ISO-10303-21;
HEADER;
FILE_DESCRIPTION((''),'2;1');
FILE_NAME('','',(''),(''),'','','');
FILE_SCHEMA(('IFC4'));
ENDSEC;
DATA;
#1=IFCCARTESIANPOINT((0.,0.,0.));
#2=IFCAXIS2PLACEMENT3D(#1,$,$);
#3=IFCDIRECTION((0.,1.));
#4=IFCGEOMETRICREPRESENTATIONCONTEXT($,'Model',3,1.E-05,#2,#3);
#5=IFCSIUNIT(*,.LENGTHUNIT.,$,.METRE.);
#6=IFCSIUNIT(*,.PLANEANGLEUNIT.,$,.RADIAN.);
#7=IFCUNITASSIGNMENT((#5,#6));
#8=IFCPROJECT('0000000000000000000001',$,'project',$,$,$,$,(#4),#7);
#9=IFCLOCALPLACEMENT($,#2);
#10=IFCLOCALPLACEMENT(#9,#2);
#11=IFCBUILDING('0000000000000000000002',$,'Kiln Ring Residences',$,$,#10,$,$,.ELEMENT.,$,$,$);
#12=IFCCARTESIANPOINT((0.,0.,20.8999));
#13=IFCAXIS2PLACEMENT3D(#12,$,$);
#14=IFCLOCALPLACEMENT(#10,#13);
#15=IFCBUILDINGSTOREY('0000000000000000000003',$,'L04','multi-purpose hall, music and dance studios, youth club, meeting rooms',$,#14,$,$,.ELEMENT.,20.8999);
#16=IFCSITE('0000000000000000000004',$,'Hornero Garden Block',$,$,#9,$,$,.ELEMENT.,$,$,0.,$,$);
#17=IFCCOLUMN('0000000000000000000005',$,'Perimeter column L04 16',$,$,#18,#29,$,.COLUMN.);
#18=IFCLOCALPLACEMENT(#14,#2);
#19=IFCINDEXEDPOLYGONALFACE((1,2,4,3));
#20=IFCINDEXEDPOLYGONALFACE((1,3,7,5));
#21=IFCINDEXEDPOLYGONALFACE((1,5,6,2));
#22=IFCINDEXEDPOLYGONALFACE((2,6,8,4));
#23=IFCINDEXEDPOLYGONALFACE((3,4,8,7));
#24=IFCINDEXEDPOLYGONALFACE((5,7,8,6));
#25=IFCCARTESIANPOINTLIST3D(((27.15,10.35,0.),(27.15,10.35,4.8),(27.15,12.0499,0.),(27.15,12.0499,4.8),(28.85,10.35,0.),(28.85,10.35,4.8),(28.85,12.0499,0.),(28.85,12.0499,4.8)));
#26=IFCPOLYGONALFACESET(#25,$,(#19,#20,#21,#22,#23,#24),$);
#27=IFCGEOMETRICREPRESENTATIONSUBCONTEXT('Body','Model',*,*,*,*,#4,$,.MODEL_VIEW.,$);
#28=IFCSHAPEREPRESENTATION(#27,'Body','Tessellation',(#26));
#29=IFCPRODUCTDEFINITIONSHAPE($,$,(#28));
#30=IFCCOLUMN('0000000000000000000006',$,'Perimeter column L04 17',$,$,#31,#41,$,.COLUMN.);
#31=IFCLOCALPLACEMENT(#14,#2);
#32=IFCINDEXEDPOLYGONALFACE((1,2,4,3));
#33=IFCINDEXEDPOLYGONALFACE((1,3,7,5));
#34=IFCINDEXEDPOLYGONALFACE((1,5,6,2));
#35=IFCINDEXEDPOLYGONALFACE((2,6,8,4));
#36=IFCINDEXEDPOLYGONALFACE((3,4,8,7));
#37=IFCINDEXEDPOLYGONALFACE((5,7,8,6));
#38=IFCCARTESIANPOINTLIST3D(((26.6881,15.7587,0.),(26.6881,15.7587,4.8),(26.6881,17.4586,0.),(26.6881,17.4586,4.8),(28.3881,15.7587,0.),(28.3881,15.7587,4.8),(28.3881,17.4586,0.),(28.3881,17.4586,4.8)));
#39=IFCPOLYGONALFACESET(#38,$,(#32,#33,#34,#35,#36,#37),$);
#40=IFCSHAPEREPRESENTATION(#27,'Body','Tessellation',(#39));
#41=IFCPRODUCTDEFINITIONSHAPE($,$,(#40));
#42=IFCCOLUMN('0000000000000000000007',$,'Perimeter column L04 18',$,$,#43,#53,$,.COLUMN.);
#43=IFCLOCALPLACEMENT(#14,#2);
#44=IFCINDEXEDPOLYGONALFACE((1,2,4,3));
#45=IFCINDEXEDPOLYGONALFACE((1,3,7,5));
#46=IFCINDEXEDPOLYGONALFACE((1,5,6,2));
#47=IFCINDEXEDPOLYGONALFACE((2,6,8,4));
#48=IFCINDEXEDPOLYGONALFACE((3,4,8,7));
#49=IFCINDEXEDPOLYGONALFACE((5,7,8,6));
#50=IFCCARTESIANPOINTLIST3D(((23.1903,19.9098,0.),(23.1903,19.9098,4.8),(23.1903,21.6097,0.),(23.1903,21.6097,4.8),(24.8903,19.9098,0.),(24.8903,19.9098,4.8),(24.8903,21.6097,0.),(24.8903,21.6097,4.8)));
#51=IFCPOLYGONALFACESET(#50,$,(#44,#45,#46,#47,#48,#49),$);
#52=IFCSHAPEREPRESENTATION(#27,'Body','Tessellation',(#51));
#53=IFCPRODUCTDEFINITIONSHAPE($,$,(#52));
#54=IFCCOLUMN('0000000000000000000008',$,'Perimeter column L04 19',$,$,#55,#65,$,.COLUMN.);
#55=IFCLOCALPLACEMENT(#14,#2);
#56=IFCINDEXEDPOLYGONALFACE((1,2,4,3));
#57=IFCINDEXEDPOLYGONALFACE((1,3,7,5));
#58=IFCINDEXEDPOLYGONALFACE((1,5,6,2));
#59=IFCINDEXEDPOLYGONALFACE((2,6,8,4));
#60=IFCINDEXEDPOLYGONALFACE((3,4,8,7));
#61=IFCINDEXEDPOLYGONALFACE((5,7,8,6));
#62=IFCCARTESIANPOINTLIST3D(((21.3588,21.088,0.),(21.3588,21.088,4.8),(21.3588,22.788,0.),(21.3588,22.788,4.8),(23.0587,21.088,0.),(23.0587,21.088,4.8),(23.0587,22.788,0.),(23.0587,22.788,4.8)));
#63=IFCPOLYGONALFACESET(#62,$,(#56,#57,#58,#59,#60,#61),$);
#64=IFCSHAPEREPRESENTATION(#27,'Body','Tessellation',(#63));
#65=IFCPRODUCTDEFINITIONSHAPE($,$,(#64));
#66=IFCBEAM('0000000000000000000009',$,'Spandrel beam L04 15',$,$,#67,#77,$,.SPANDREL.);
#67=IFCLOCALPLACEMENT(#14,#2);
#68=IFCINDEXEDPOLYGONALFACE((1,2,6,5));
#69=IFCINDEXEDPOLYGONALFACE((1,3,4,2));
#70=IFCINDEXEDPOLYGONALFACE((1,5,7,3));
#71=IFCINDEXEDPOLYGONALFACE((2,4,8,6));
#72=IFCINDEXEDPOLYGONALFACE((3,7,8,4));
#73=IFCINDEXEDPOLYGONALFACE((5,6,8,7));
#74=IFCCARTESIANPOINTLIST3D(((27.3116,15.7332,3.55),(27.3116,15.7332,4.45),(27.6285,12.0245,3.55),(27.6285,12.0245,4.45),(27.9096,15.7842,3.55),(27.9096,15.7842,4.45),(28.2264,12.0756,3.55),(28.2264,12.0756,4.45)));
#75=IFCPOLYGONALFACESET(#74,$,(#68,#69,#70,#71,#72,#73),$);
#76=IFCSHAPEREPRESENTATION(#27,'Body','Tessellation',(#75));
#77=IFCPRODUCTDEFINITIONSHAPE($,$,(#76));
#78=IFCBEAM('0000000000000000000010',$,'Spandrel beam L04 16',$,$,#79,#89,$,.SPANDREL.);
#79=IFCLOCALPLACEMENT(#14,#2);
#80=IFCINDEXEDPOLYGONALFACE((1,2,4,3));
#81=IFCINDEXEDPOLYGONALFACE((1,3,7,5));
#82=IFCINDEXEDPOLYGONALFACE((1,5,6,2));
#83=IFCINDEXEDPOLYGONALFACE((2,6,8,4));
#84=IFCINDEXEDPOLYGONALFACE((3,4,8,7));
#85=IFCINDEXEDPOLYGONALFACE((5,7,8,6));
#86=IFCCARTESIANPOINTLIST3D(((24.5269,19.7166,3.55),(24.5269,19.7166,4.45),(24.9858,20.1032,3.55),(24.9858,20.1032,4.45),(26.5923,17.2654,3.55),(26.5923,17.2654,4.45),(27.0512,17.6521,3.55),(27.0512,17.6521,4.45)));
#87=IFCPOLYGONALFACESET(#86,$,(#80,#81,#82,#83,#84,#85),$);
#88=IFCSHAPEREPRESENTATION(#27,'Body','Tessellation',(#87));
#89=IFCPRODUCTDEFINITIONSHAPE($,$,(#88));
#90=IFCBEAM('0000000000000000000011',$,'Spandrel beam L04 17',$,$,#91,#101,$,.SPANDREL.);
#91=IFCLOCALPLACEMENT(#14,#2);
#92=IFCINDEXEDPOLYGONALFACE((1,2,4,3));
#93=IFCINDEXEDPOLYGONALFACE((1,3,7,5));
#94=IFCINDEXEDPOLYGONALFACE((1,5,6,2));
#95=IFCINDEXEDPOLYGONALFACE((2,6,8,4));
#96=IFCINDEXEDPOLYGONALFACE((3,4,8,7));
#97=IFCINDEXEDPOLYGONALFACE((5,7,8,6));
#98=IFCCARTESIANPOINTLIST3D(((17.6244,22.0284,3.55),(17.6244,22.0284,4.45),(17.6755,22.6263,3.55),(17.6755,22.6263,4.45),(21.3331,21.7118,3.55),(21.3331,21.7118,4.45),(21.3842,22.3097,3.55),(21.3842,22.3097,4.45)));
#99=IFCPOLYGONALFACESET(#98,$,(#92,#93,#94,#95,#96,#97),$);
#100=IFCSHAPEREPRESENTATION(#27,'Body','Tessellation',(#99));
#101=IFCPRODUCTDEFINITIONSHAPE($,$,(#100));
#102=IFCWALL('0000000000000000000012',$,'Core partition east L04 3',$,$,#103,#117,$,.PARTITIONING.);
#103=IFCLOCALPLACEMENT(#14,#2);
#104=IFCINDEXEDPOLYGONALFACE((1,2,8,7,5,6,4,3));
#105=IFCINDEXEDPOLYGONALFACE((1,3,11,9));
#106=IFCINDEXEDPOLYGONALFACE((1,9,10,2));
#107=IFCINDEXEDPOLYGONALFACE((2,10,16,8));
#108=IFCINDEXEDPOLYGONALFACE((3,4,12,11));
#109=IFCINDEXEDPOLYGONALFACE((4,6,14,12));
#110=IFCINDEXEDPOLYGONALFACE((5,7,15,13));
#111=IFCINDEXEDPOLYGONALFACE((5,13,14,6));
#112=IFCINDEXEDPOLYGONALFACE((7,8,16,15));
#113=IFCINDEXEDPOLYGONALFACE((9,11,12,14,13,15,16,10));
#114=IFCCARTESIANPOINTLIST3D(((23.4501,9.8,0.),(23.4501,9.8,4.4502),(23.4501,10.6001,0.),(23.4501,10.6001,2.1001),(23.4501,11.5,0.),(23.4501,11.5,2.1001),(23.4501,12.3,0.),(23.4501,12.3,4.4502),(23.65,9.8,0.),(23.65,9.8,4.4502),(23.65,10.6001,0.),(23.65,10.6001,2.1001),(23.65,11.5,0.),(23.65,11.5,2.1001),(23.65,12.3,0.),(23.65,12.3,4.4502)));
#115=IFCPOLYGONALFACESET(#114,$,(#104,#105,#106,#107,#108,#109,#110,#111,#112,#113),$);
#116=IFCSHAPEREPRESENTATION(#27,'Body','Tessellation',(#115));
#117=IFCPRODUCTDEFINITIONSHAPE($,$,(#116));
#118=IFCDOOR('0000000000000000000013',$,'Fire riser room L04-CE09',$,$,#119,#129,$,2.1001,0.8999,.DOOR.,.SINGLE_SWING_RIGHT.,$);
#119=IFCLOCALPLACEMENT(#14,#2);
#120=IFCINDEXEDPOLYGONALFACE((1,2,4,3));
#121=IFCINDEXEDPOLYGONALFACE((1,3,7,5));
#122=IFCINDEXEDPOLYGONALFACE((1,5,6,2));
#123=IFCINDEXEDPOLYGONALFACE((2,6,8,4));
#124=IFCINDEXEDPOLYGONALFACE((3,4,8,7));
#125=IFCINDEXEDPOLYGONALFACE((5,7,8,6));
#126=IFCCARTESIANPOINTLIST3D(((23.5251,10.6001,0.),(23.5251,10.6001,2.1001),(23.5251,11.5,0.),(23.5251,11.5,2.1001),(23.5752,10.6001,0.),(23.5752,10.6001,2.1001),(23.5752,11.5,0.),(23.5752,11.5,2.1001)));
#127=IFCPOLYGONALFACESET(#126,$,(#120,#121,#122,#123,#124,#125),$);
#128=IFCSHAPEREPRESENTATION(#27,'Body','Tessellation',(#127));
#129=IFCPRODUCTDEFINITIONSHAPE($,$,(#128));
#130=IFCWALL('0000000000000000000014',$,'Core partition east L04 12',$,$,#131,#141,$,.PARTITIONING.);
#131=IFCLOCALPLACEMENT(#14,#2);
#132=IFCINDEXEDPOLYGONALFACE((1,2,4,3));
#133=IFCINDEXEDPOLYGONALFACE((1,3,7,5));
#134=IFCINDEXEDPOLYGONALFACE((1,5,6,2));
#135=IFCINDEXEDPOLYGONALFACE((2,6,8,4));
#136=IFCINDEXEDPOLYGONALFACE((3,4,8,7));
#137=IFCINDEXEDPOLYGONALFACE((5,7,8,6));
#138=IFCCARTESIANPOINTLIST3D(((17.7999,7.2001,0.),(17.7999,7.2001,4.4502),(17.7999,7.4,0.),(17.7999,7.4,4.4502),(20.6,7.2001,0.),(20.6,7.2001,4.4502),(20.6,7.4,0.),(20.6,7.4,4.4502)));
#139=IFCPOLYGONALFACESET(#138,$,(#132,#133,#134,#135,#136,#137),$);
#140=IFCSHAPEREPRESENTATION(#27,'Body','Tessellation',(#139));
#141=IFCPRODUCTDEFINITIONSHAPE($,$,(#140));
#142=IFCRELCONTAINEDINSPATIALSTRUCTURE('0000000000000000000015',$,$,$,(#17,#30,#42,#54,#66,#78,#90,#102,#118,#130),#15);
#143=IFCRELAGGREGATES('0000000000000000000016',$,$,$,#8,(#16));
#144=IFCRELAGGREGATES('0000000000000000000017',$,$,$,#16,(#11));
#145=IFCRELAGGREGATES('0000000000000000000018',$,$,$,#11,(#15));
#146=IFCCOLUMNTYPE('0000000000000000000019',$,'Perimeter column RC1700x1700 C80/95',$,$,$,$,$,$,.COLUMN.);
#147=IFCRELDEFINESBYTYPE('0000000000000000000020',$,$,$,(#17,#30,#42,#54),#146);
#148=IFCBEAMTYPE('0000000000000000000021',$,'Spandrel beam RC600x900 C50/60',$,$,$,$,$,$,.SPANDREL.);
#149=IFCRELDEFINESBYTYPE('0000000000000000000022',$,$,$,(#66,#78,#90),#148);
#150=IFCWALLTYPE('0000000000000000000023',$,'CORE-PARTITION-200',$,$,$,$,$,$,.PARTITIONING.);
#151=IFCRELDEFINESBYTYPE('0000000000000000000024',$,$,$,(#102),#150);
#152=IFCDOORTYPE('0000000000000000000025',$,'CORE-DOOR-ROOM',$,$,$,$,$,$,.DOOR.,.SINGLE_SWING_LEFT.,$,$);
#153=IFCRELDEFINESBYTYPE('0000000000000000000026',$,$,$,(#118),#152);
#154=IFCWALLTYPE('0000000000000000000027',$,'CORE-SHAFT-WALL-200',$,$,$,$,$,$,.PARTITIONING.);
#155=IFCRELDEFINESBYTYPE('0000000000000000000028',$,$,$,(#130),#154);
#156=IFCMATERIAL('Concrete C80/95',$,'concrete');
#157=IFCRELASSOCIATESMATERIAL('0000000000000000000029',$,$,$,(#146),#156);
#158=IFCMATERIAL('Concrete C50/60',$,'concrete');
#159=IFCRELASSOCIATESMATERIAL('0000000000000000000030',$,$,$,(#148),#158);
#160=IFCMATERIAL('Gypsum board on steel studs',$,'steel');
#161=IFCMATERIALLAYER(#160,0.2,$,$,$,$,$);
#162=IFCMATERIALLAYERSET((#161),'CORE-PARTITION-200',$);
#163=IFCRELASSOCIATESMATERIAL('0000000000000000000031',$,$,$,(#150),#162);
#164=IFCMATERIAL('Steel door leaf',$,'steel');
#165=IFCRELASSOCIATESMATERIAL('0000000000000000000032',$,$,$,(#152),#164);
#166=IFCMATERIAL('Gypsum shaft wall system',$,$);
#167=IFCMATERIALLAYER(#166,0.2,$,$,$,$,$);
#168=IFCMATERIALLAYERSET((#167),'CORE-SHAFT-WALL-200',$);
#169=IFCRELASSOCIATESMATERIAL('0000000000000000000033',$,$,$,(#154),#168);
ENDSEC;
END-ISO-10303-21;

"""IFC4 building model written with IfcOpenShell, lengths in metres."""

from ifc_helpers import new_model, si_unit, direction, frame, frame_2d, origin, origin_2d, place, context, subcontext, project, spatial, rectangle, extrude, material, layer, layer_set, material_profile, profile_set, type_object, element, fill, save


model = new_model("IFC4")

# Units and contexts
model_context = context("Model", 3, precision=1e-05, world=origin(), true_north=direction((0.0, 1.0)))
body_context = subcontext(model_context, "Body", "Model", "MODEL_VIEW")
ifc_project = project(units=[si_unit("LENGTHUNIT", "METRE"), si_unit("PLANEANGLEUNIT", "RADIAN")], contexts=[model_context])

# Site, building, storey
site_placement = place(None, origin())
site = spatial("IfcSite", under=ifc_project, at=site_placement, Name="Hornero Garden Block", CompositionType="ELEMENT", RefElevation=0.0)
building_placement = place(site_placement, origin())
building = spatial("IfcBuilding", under=site, at=building_placement, Name="Kiln Ring Residences", CompositionType="ELEMENT")
storey_placement = place(building_placement, frame((0.0, 0.0, 20.8999)))
storey = spatial("IfcBuildingStorey", under=building, at=storey_placement, Name="L04", Description="multi-purpose hall, music and dance studios, youth club, meeting rooms", CompositionType="ELEMENT", Elevation=20.8999)

# Columns
ifc_material_1 = material(Name="Concrete C80/95", Category="concrete")
ifc_material_profile_1 = material_profile(ifc_material_1, rectangle(XDim=1.7, YDim=1.7, at=origin_2d()), Name="RC1700x1700")
ifc_profile_set_1 = profile_set([ifc_material_profile_1], Name="Concrete C80/95")
column_type = type_object("IfcColumnType", Name="Perimeter column RC1700x1700 C80/95", PredefinedType="COLUMN", material=ifc_profile_set_1)
for number, where, z_axis, x_axis, name in (
    (1, (28.0, 11.2, 0.0), (0.0, 0.0, 1.0), (1.0, 0.0, 0.0), "Perimeter column L04 16"),
    (2, (27.5381, 16.6086, 0.0), (0.0, 0.0, 1.0), (1.0, 0.0, 0.0), "Perimeter column L04 17"),
    (3, (24.0403, 20.7598, 0.0), (0.0, 0.0, 1.0), (1.0, 0.0, 0.0), "Perimeter column L04 18"),
    (4, (22.2087, 21.938, 0.0), (0.0, 0.0, 1.0), (1.0, 0.0, 0.0), "Perimeter column L04 19"),
):
    element("IfcColumn", number, at=place(storey_placement, frame(where, z_axis=z_axis, x_axis=x_axis)), inside=storey, type_object=column_type, Name=name, PredefinedType="COLUMN", context=body_context, shape_type="SweptSolid", body=[
        extrude(rectangle(XDim=1.7, YDim=1.7, at=origin_2d()), origin(), (0.0, 0.0, 1.0), 4.8),
    ])

# Beams
ifc_material_2 = material(Name="Concrete C50/60", Category="concrete")
ifc_material_profile_2 = material_profile(ifc_material_2, rectangle(XDim=0.6001, YDim=0.8999, at=origin_2d()), Name="RC600x900")
ifc_profile_set_2 = profile_set([ifc_material_profile_2], Name="Concrete C50/60")
beam_type = type_object("IfcBeamType", Name="Spandrel beam RC600x900 C50/60", PredefinedType="SPANDREL", material=ifc_profile_set_2)
beam_1_placement = place(storey_placement, frame((27.9275, 12.05, 4.0), z_axis=(-0.085135, 0.996369, 0.0), x_axis=(-0.996369, -0.085135, 0.0)))
element("IfcBeam", 5, at=beam_1_placement, inside=storey, type_object=beam_type, Name="Spandrel beam L04 15", PredefinedType="SPANDREL", context=body_context, shape_type="SweptSolid", body=[
    extrude(rectangle(XDim=0.6001, YDim=0.8999, at=origin_2d()), origin(), (0.0, 0.0, 1.0), 3.7222),
])
beam_2_placement = place(storey_placement, frame((26.8218, 17.4587, 4.0), z_axis=(-0.64437, 0.764714, 0.0), x_axis=(-0.764714, -0.64437, 0.0)))
element("IfcBeam", 6, at=beam_2_placement, inside=storey, type_object=beam_type, Name="Spandrel beam L04 16", PredefinedType="SPANDREL", context=body_context, shape_type="SweptSolid", body=[
    extrude(rectangle(XDim=0.6001, YDim=0.8999, at=origin_2d()), origin(), (0.0, 0.0, 1.0), 3.2053),
])
beam_3_placement = place(storey_placement, frame((21.3586, 22.0107, 4.0), z_axis=(-0.996375, 0.08507, 0.0), x_axis=(-0.08507, -0.996375, 0.0)))
element("IfcBeam", 7, at=beam_3_placement, inside=storey, type_object=beam_type, Name="Spandrel beam L04 17", PredefinedType="SPANDREL", context=body_context, shape_type="SweptSolid", body=[
    extrude(rectangle(XDim=0.6001, YDim=0.8999, at=origin_2d()), origin(), (0.0, 0.0, 1.0), 3.7222),
])

# Wall, opening, door
ifc_material_3 = material(Name="Gypsum board on steel studs", Category="steel")
ifc_layer_1 = layer(ifc_material_3, 0.2)
ifc_layer_set_1 = layer_set([ifc_layer_1], Name="CORE-PARTITION-200")
wall_type_1 = type_object("IfcWallType", Name="CORE-PARTITION-200", PredefinedType="PARTITIONING", material=ifc_layer_set_1)
wall_1_placement = place(storey_placement, frame((23.55, 9.8, 0.0), z_axis=(0.0, 0.0, 1.0), x_axis=(0.0, 1.0, 0.0)))
wall_1 = element("IfcWall", 8, at=wall_1_placement, inside=storey, type_object=wall_type_1, Name="Core partition east L04 3", PredefinedType="PARTITIONING", context=body_context, shape_type="SweptSolid", body=[
    extrude(rectangle(XDim=2.5, YDim=0.2, at=frame_2d((1.25, 0.0))), origin(), (0.0, 0.0, 1.0), 4.4502),
])
opening_1_placement = place(wall_1_placement, frame((0.8, 0.0, 0.0)))
opening_1 = element("IfcOpeningElement", 9, at=opening_1_placement, cuts=wall_1, PredefinedType="OPENING", context=body_context, shape_type="SweptSolid", body=[
    extrude(rectangle(XDim=0.8999, YDim=2.1001, at=frame_2d((0.45, 1.05))), frame((0.0, 0.1099, 0.0), z_axis=(0.0, -1.0, 0.0), x_axis=(1.0, 0.0, 0.0)), (0.0, 0.0, 1.0), 0.22),
])
ifc_material_4 = material(Name="Steel door leaf", Category="steel")
door_type_1 = type_object("IfcDoorType", Name="CORE-DOOR-ROOM", OperationType="SINGLE_SWING_LEFT", PredefinedType="DOOR", material=ifc_material_4)
door_1_placement = place(opening_1_placement, origin())
door_1 = element("IfcDoor", 10, at=door_1_placement, inside=storey, type_object=door_type_1, Name="Fire riser room L04-CE09", OperationType="SINGLE_SWING_RIGHT", OverallHeight=2.1001, OverallWidth=0.8999, PredefinedType="DOOR", context=body_context, shape_type="SweptSolid", body=[
    extrude(rectangle(XDim=0.8999, YDim=2.1001, at=frame_2d((0.45, 1.05))), frame((0.0, 0.0249, 0.0), z_axis=(0.0, -1.0, 0.0), x_axis=(1.0, 0.0, 0.0)), (0.0, 0.0, 1.0), 0.05),
])
fill(opening_1, door_1)

# Wall
ifc_material_5 = material(Name="Gypsum shaft wall system")
ifc_layer_2 = layer(ifc_material_5, 0.2)
ifc_layer_set_2 = layer_set([ifc_layer_2], Name="CORE-SHAFT-WALL-200")
wall_type_2 = type_object("IfcWallType", Name="CORE-SHAFT-WALL-200", PredefinedType="PARTITIONING", material=ifc_layer_set_2)
wall_2_placement = place(storey_placement, frame((17.8, 7.3, 0.0), z_axis=(0.0, 0.0, 1.0), x_axis=(1.0, 0.0, 0.0)))
element("IfcWall", 11, at=wall_2_placement, inside=storey, type_object=wall_type_2, Name="Core partition east L04 12", PredefinedType="PARTITIONING", context=body_context, shape_type="SweptSolid", body=[
    extrude(rectangle(XDim=2.8, YDim=0.2, at=frame_2d((1.3999, 0.0))), origin(), (0.0, 0.0, 1.0), 4.4502),
])

save(model, "model.ifc")
